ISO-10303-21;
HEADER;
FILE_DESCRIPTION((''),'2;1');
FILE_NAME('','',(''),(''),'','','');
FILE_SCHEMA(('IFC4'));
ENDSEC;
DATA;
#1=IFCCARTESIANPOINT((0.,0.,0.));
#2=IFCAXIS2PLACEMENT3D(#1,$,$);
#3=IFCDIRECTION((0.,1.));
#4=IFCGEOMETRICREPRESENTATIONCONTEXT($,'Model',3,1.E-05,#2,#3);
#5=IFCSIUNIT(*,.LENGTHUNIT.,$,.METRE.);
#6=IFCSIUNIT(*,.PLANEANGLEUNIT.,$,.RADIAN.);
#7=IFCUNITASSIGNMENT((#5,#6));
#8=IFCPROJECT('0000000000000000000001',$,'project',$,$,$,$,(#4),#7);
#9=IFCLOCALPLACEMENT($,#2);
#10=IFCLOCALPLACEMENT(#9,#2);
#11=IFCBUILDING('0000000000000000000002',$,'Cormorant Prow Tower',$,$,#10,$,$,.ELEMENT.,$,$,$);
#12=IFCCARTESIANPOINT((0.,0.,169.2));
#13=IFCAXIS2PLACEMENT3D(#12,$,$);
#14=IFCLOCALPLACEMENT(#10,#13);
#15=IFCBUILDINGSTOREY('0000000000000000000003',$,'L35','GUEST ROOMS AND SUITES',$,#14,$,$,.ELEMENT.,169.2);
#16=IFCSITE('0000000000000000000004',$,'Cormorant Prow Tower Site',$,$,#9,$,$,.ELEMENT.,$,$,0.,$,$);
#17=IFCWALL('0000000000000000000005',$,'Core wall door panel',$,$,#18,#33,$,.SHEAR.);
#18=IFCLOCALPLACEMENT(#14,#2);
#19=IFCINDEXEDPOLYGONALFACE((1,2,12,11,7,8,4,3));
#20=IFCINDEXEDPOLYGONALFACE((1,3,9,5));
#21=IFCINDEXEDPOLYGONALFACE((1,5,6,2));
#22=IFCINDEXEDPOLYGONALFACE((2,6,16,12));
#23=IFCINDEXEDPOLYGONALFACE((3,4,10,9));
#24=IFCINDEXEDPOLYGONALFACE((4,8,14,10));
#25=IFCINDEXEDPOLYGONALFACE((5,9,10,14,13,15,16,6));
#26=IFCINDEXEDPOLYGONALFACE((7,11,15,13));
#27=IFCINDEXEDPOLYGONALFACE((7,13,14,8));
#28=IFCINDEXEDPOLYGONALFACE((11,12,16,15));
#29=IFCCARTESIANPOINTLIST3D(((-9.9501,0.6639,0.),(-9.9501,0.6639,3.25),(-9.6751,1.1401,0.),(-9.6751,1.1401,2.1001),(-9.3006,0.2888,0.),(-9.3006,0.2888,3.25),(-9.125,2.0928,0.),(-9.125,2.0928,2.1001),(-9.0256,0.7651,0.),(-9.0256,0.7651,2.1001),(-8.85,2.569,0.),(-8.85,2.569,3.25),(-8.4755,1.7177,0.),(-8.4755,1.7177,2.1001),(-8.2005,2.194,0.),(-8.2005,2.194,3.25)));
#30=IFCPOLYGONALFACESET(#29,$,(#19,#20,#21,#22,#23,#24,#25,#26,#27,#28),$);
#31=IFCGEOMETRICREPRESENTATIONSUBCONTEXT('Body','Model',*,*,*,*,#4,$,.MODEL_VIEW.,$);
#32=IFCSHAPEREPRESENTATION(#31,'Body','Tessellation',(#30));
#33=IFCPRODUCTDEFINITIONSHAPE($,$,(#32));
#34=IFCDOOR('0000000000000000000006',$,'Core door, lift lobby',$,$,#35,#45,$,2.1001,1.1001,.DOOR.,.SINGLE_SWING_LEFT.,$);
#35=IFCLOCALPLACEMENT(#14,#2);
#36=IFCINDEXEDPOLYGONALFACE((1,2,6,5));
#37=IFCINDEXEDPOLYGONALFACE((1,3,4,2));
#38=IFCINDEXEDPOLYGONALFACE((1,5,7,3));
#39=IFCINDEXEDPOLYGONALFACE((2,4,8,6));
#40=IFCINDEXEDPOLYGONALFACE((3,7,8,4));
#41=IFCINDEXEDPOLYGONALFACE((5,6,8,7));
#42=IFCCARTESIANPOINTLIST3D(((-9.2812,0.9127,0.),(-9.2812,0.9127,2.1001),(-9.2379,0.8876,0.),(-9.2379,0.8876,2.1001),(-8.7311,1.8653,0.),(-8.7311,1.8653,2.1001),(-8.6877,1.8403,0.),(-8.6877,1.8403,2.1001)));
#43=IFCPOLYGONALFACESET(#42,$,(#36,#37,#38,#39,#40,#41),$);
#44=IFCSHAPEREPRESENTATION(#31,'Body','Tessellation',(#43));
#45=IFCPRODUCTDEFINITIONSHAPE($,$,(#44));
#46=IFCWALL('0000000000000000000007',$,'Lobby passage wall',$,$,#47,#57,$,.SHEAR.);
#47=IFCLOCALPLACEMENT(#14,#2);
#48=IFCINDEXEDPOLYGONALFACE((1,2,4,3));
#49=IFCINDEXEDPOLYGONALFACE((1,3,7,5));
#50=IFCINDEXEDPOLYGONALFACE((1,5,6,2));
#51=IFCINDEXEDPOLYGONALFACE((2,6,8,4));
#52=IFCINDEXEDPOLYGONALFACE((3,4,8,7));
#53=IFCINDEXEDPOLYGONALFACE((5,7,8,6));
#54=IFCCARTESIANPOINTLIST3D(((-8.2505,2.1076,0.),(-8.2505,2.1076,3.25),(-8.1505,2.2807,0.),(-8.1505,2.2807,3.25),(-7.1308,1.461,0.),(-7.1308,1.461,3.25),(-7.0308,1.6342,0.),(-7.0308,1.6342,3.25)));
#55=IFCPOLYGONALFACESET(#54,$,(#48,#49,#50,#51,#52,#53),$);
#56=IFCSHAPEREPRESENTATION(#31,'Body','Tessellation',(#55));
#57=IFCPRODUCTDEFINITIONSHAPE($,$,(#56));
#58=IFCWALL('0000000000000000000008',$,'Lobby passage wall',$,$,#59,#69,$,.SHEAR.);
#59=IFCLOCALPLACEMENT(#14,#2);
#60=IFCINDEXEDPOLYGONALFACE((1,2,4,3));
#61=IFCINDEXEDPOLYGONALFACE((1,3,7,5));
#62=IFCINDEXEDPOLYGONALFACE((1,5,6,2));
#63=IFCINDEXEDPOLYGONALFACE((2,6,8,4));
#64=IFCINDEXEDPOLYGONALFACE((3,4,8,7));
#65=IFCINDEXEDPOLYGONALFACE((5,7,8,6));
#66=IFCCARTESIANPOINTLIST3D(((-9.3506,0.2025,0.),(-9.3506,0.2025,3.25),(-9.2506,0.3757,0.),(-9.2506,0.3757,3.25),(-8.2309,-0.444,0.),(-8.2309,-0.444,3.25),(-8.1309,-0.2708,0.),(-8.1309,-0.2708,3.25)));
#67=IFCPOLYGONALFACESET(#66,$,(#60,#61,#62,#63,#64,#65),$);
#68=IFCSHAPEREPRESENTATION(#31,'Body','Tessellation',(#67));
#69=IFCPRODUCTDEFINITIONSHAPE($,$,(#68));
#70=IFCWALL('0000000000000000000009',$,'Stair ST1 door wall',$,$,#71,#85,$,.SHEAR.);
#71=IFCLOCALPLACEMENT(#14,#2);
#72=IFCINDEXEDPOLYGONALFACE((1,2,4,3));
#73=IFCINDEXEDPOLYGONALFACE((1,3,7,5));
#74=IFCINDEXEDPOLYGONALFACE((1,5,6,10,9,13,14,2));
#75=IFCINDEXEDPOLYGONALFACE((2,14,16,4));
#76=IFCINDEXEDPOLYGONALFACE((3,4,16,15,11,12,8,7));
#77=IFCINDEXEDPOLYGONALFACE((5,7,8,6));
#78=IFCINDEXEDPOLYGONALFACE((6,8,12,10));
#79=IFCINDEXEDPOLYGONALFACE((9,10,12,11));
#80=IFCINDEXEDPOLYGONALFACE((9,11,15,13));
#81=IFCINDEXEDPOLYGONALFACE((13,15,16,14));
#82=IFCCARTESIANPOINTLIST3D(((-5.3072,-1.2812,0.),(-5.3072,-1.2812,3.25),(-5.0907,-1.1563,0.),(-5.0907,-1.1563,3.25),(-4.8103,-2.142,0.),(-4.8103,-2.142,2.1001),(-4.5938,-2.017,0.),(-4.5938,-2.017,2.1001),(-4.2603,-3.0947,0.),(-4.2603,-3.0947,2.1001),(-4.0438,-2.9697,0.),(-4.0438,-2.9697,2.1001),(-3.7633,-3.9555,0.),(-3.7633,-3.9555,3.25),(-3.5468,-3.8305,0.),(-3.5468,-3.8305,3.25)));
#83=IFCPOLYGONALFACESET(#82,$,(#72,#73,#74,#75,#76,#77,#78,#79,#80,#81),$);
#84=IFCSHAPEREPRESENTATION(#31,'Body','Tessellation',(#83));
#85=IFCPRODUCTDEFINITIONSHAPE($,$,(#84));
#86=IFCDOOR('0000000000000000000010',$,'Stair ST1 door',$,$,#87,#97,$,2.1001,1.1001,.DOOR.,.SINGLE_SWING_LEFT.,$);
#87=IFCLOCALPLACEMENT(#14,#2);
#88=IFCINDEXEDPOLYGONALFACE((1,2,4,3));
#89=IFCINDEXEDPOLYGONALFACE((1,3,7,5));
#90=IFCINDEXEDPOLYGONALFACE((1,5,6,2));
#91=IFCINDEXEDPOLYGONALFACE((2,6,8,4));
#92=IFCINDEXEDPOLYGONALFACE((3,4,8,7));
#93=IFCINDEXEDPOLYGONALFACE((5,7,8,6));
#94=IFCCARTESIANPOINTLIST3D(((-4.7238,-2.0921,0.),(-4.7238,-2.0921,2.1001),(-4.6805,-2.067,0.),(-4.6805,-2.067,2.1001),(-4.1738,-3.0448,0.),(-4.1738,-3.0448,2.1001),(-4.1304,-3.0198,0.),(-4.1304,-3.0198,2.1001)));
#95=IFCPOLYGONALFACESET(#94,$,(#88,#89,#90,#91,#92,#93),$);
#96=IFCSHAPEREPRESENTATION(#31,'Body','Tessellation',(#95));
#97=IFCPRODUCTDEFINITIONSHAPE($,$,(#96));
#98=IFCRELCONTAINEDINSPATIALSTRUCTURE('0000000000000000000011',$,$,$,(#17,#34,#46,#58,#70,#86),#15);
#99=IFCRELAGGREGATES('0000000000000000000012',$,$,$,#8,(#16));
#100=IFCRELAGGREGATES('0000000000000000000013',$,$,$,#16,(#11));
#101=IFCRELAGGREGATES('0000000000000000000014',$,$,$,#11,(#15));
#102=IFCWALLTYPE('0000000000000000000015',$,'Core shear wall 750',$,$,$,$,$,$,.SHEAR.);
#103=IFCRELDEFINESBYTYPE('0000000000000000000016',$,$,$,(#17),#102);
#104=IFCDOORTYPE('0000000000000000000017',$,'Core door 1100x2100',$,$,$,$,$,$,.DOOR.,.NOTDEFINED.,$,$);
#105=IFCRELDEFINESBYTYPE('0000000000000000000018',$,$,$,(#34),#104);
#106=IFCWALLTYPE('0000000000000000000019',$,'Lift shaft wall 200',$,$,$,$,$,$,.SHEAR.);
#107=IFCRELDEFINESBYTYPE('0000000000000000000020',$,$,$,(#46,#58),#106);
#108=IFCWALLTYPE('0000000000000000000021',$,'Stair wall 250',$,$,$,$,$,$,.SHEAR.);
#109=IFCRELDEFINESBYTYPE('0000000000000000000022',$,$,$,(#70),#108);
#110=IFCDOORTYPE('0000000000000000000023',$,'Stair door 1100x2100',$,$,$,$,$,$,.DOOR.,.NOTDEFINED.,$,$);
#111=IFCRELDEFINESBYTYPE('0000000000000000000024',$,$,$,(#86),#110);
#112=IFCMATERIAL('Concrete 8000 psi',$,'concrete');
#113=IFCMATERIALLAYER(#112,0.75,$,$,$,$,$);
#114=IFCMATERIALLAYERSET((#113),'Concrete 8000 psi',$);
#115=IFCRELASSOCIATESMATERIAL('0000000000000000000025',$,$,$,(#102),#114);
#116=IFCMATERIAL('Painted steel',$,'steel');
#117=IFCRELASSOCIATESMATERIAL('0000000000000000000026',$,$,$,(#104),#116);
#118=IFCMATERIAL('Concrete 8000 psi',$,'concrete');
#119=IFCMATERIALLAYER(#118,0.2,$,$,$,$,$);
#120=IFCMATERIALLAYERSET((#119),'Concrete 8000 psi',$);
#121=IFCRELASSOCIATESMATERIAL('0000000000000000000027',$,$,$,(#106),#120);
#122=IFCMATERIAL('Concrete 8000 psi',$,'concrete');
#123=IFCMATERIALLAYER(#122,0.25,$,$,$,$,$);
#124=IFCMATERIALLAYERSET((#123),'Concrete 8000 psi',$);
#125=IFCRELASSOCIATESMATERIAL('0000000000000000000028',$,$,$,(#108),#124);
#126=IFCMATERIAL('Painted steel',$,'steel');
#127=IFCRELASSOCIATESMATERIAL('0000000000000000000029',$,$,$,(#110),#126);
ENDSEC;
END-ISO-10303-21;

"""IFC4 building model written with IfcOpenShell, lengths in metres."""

from ifc_helpers import new_model, si_unit, direction, frame, frame_2d, origin, place, context, subcontext, project, spatial, rectangle, extrude, material, layer, layer_set, type_object, element, fill, save


model = new_model("IFC4")

# Units and contexts
model_context = context("Model", 3, precision=1e-05, world=origin(), true_north=direction((0.0, 1.0)))
body_context = subcontext(model_context, "Body", "Model", "MODEL_VIEW")
ifc_project = project(units=[si_unit("LENGTHUNIT", "METRE"), si_unit("PLANEANGLEUNIT", "RADIAN")], contexts=[model_context])

# Site, building, storey
site_placement = place(None, origin())
site = spatial("IfcSite", under=ifc_project, at=site_placement, Name="Cormorant Prow Tower Site", CompositionType="ELEMENT", RefElevation=0.0)
building_placement = place(site_placement, origin())
building = spatial("IfcBuilding", under=site, at=building_placement, Name="Cormorant Prow Tower", CompositionType="ELEMENT")
storey_placement = place(building_placement, frame((0.0, 0.0, 169.2)))
storey = spatial("IfcBuildingStorey", under=building, at=storey_placement, Name="L35", Description="GUEST ROOMS AND SUITES", CompositionType="ELEMENT", Elevation=169.2)

# Shared definitions
ifc_material_1 = material(Name="Concrete 8000 psi", Category="concrete")
ifc_layer_1 = layer(ifc_material_1, 0.75)
ifc_layer_set_1 = layer_set([ifc_layer_1], Name="Concrete 8000 psi")
wall_type_1 = type_object("IfcWallType", Name="Core shear wall 750", PredefinedType="SHEAR", material=ifc_layer_set_1)

# Wall, opening, door
wall_1_placement = place(storey_placement, frame((-8.5251, 2.3816, 0.0), z_axis=(0.0, 0.0, 1.0), x_axis=(-0.500078, -0.86598, 0.0)))
wall_1 = element("IfcWall", 1, at=wall_1_placement, inside=storey, type_object=wall_type_1, Name="Core wall door panel", PredefinedType="SHEAR", context=body_context, shape_type="SweptSolid", body=[
    extrude(rectangle(XDim=2.2, YDim=0.75, at=frame_2d((1.1001, 0.0))), origin(), (0.0, 0.0, 1.0), 3.25),
])
opening_1_placement = place(wall_1_placement, frame((0.55, 0.0, 0.0)))
opening_1 = element("IfcOpeningElement", 2, at=opening_1_placement, cuts=wall_1, PredefinedType="OPENING", context=body_context, shape_type="SweptSolid", body=[
    extrude(rectangle(XDim=1.1001, YDim=2.1001, at=frame_2d((0.55, 1.05))), frame((0.0, 0.385, 0.0), z_axis=(0.0, -1.0, 0.0), x_axis=(1.0, 0.0, 0.0)), (0.0, 0.0, 1.0), 0.77),
])
ifc_material_2 = material(Name="Painted steel", Category="steel")
door_type_1 = type_object("IfcDoorType", Name="Core door 1100x2100", OperationType="NOTDEFINED", PredefinedType="DOOR", material=ifc_material_2)
door_1_placement = place(opening_1_placement, origin())
door_1 = element("IfcDoor", 3, at=door_1_placement, inside=storey, type_object=door_type_1, Name="Core door, lift lobby", OperationType="SINGLE_SWING_LEFT", OverallHeight=2.1001, OverallWidth=1.1001, PredefinedType="DOOR", context=body_context, shape_type="SweptSolid", body=[
    extrude(rectangle(XDim=1.1001, YDim=2.1001, at=frame_2d((0.55, 1.05))), frame((0.0, 0.1299, 0.0), z_axis=(0.0, -1.0, 0.0), x_axis=(1.0, 0.0, 0.0)), (0.0, 0.0, 1.0), 0.05),
])
fill(opening_1, door_1)

# Walls
ifc_material_3 = material(Name="Concrete 8000 psi", Category="concrete")
ifc_layer_2 = layer(ifc_material_3, 0.2)
ifc_layer_set_2 = layer_set([ifc_layer_2], Name="Concrete 8000 psi")
wall_type_2 = type_object("IfcWallType", Name="Lift shaft wall 200", PredefinedType="SHEAR", material=ifc_layer_set_2)
for number, where, z_axis, x_axis, name in (
    (4, (-7.0808, 1.5476, 0.0), (0.0, 0.0, 1.0), (-0.866003, 0.500038, 0.0), "Lobby passage wall"),
    (5, (-8.1809, -0.3574, 0.0), (0.0, 0.0, 1.0), (-0.866003, 0.500038, 0.0), "Lobby passage wall"),
):
    element("IfcWall", number, at=place(storey_placement, frame(where, z_axis=z_axis, x_axis=x_axis)), inside=storey, type_object=wall_type_2, Name=name, PredefinedType="SHEAR", context=body_context, shape_type="SweptSolid", body=[
        extrude(rectangle(XDim=1.293, YDim=0.2, at=frame_2d((0.6465, 0.0))), origin(), (0.0, 0.0, 1.0), 3.25),
    ])

# Wall, opening, door
ifc_material_4 = material(Name="Concrete 8000 psi", Category="concrete")
ifc_layer_3 = layer(ifc_material_4, 0.25)
ifc_layer_set_3 = layer_set([ifc_layer_3], Name="Concrete 8000 psi")
wall_type_3 = type_object("IfcWallType", Name="Stair wall 250", PredefinedType="SHEAR", material=ifc_layer_set_3)
wall_2_placement = place(storey_placement, frame((-5.199, -1.2188, 0.0), z_axis=(0.0, 0.0, 1.0), x_axis=(0.499983, -0.866035, 0.0)))
wall_2 = element("IfcWall", 6, at=wall_2_placement, inside=storey, type_object=wall_type_3, Name="Stair ST1 door wall", PredefinedType="SHEAR", context=body_context, shape_type="SweptSolid", body=[
    extrude(rectangle(XDim=3.0879, YDim=0.25, at=frame_2d((1.5439, 0.0))), origin(), (0.0, 0.0, 1.0), 3.25),
])
opening_2_placement = place(wall_2_placement, frame((0.9939, 0.0, 0.0)))
opening_2 = element("IfcOpeningElement", 7, at=opening_2_placement, cuts=wall_2, PredefinedType="OPENING", context=body_context, shape_type="SweptSolid", body=[
    extrude(rectangle(XDim=1.1001, YDim=2.1001, at=frame_2d((0.55, 1.05))), frame((0.0, 0.135, 0.0), z_axis=(0.0, -1.0, 0.0), x_axis=(1.0, 0.0, 0.0)), (0.0, 0.0, 1.0), 0.27),
])
ifc_material_5 = material(Name="Painted steel", Category="steel")
door_type_2 = type_object("IfcDoorType", Name="Stair door 1100x2100", OperationType="NOTDEFINED", PredefinedType="DOOR", material=ifc_material_5)
door_2_placement = place(opening_2_placement, origin())
door_2 = element("IfcDoor", 8, at=door_2_placement, inside=storey, type_object=door_type_2, Name="Stair ST1 door", OperationType="SINGLE_SWING_LEFT", OverallHeight=2.1001, OverallWidth=1.1001, PredefinedType="DOOR", context=body_context, shape_type="SweptSolid", body=[
    extrude(rectangle(XDim=1.1001, YDim=2.1001, at=frame_2d((0.55, 1.05))), frame((0.0, 0.0249, 0.0), z_axis=(0.0, -1.0, 0.0), x_axis=(1.0, 0.0, 0.0)), (0.0, 0.0, 1.0), 0.05),
])
fill(opening_2, door_2)

save(model, "model.ifc")
